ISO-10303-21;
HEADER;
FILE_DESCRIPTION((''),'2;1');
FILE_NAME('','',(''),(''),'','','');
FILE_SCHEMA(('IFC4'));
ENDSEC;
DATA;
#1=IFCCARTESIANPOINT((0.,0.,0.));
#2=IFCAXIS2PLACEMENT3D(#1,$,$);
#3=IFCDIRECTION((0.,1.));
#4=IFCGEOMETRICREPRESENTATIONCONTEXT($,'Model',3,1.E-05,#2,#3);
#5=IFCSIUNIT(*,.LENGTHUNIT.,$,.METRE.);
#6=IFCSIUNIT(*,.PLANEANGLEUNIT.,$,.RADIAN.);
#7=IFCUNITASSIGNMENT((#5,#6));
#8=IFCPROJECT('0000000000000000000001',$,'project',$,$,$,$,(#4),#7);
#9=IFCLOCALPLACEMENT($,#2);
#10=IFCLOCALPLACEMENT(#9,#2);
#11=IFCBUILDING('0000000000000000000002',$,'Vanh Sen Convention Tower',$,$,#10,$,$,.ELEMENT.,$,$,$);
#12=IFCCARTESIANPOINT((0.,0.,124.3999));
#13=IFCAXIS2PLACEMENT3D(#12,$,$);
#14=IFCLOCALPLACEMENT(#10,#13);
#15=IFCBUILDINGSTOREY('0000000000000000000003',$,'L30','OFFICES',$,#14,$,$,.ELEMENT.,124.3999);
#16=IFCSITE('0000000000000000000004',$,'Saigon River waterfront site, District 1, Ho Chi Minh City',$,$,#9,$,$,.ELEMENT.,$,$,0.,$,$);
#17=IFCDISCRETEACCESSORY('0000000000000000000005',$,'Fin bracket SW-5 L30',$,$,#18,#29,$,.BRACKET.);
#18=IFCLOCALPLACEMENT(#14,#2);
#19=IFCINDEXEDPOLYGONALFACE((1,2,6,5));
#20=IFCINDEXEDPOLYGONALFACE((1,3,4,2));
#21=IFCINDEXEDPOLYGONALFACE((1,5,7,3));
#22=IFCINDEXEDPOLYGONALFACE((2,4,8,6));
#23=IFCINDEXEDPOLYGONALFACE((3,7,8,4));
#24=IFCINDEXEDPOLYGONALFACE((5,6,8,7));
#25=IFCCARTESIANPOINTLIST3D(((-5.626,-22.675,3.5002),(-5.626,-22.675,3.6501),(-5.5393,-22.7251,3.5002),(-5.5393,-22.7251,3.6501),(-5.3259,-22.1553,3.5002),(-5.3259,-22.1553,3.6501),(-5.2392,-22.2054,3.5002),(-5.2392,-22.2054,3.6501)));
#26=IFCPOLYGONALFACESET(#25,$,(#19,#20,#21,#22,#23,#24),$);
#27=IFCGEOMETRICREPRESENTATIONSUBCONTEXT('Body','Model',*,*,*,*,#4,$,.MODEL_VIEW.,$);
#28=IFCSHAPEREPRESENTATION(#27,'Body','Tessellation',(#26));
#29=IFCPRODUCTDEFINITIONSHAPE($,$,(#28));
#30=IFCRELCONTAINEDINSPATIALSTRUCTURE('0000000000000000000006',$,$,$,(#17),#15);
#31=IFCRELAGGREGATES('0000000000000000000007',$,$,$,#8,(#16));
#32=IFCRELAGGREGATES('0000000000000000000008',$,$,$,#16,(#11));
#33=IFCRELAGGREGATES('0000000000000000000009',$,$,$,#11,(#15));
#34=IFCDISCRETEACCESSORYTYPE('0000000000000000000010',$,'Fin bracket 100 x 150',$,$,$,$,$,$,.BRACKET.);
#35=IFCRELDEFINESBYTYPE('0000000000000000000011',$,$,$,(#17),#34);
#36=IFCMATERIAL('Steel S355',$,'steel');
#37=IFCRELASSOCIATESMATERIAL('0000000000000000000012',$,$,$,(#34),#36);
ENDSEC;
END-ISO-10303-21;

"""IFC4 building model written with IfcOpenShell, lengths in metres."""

from ifc_helpers import new_model, si_unit, direction, frame, origin, origin_2d, place, context, subcontext, project, spatial, rectangle, extrude, material, type_object, element, save


model = new_model("IFC4")

# Units and contexts
model_context = context("Model", 3, precision=1e-05, world=origin(), true_north=direction((0.0, 1.0)))
body_context = subcontext(model_context, "Body", "Model", "MODEL_VIEW")
ifc_project = project(units=[si_unit("LENGTHUNIT", "METRE"), si_unit("PLANEANGLEUNIT", "RADIAN")], contexts=[model_context])

# Site, building, storey
site_placement = place(None, origin())
site = spatial("IfcSite", under=ifc_project, at=site_placement, Name="Saigon River waterfront site, District 1, Ho Chi Minh City", CompositionType="ELEMENT", RefElevation=0.0)
building_placement = place(site_placement, origin())
building = spatial("IfcBuilding", under=site, at=building_placement, Name="Vanh Sen Convention Tower", CompositionType="ELEMENT")
storey_placement = place(building_placement, frame((0.0, 0.0, 124.3999)))
storey = spatial("IfcBuildingStorey", under=building, at=storey_placement, Name="L30", Description="OFFICES", CompositionType="ELEMENT", Elevation=124.3999)

# Discrete accessory
ifc_material_1 = material(Name="Steel S355", Category="steel")
discrete_accessory_type = type_object("IfcDiscreteAccessoryType", Name="Fin bracket 100 x 150", PredefinedType="BRACKET", material=ifc_material_1)
discrete_accessory_placement = place(storey_placement, frame((-5.4326, -22.4402, 3.5002), z_axis=(0.0, 0.0, 1.0), x_axis=(-0.5, -0.866025, 0.0)))
element("IfcDiscreteAccessory", 1, at=discrete_accessory_placement, inside=storey, type_object=discrete_accessory_type, Name="Fin bracket SW-5 L30", PredefinedType="BRACKET", context=body_context, shape_type="SweptSolid", body=[
    extrude(rectangle(XDim=0.6001, YDim=0.1001, at=origin_2d()), origin(), (0.0, 0.0, 1.0), 0.1499),
])

save(model, "model.ifc")
